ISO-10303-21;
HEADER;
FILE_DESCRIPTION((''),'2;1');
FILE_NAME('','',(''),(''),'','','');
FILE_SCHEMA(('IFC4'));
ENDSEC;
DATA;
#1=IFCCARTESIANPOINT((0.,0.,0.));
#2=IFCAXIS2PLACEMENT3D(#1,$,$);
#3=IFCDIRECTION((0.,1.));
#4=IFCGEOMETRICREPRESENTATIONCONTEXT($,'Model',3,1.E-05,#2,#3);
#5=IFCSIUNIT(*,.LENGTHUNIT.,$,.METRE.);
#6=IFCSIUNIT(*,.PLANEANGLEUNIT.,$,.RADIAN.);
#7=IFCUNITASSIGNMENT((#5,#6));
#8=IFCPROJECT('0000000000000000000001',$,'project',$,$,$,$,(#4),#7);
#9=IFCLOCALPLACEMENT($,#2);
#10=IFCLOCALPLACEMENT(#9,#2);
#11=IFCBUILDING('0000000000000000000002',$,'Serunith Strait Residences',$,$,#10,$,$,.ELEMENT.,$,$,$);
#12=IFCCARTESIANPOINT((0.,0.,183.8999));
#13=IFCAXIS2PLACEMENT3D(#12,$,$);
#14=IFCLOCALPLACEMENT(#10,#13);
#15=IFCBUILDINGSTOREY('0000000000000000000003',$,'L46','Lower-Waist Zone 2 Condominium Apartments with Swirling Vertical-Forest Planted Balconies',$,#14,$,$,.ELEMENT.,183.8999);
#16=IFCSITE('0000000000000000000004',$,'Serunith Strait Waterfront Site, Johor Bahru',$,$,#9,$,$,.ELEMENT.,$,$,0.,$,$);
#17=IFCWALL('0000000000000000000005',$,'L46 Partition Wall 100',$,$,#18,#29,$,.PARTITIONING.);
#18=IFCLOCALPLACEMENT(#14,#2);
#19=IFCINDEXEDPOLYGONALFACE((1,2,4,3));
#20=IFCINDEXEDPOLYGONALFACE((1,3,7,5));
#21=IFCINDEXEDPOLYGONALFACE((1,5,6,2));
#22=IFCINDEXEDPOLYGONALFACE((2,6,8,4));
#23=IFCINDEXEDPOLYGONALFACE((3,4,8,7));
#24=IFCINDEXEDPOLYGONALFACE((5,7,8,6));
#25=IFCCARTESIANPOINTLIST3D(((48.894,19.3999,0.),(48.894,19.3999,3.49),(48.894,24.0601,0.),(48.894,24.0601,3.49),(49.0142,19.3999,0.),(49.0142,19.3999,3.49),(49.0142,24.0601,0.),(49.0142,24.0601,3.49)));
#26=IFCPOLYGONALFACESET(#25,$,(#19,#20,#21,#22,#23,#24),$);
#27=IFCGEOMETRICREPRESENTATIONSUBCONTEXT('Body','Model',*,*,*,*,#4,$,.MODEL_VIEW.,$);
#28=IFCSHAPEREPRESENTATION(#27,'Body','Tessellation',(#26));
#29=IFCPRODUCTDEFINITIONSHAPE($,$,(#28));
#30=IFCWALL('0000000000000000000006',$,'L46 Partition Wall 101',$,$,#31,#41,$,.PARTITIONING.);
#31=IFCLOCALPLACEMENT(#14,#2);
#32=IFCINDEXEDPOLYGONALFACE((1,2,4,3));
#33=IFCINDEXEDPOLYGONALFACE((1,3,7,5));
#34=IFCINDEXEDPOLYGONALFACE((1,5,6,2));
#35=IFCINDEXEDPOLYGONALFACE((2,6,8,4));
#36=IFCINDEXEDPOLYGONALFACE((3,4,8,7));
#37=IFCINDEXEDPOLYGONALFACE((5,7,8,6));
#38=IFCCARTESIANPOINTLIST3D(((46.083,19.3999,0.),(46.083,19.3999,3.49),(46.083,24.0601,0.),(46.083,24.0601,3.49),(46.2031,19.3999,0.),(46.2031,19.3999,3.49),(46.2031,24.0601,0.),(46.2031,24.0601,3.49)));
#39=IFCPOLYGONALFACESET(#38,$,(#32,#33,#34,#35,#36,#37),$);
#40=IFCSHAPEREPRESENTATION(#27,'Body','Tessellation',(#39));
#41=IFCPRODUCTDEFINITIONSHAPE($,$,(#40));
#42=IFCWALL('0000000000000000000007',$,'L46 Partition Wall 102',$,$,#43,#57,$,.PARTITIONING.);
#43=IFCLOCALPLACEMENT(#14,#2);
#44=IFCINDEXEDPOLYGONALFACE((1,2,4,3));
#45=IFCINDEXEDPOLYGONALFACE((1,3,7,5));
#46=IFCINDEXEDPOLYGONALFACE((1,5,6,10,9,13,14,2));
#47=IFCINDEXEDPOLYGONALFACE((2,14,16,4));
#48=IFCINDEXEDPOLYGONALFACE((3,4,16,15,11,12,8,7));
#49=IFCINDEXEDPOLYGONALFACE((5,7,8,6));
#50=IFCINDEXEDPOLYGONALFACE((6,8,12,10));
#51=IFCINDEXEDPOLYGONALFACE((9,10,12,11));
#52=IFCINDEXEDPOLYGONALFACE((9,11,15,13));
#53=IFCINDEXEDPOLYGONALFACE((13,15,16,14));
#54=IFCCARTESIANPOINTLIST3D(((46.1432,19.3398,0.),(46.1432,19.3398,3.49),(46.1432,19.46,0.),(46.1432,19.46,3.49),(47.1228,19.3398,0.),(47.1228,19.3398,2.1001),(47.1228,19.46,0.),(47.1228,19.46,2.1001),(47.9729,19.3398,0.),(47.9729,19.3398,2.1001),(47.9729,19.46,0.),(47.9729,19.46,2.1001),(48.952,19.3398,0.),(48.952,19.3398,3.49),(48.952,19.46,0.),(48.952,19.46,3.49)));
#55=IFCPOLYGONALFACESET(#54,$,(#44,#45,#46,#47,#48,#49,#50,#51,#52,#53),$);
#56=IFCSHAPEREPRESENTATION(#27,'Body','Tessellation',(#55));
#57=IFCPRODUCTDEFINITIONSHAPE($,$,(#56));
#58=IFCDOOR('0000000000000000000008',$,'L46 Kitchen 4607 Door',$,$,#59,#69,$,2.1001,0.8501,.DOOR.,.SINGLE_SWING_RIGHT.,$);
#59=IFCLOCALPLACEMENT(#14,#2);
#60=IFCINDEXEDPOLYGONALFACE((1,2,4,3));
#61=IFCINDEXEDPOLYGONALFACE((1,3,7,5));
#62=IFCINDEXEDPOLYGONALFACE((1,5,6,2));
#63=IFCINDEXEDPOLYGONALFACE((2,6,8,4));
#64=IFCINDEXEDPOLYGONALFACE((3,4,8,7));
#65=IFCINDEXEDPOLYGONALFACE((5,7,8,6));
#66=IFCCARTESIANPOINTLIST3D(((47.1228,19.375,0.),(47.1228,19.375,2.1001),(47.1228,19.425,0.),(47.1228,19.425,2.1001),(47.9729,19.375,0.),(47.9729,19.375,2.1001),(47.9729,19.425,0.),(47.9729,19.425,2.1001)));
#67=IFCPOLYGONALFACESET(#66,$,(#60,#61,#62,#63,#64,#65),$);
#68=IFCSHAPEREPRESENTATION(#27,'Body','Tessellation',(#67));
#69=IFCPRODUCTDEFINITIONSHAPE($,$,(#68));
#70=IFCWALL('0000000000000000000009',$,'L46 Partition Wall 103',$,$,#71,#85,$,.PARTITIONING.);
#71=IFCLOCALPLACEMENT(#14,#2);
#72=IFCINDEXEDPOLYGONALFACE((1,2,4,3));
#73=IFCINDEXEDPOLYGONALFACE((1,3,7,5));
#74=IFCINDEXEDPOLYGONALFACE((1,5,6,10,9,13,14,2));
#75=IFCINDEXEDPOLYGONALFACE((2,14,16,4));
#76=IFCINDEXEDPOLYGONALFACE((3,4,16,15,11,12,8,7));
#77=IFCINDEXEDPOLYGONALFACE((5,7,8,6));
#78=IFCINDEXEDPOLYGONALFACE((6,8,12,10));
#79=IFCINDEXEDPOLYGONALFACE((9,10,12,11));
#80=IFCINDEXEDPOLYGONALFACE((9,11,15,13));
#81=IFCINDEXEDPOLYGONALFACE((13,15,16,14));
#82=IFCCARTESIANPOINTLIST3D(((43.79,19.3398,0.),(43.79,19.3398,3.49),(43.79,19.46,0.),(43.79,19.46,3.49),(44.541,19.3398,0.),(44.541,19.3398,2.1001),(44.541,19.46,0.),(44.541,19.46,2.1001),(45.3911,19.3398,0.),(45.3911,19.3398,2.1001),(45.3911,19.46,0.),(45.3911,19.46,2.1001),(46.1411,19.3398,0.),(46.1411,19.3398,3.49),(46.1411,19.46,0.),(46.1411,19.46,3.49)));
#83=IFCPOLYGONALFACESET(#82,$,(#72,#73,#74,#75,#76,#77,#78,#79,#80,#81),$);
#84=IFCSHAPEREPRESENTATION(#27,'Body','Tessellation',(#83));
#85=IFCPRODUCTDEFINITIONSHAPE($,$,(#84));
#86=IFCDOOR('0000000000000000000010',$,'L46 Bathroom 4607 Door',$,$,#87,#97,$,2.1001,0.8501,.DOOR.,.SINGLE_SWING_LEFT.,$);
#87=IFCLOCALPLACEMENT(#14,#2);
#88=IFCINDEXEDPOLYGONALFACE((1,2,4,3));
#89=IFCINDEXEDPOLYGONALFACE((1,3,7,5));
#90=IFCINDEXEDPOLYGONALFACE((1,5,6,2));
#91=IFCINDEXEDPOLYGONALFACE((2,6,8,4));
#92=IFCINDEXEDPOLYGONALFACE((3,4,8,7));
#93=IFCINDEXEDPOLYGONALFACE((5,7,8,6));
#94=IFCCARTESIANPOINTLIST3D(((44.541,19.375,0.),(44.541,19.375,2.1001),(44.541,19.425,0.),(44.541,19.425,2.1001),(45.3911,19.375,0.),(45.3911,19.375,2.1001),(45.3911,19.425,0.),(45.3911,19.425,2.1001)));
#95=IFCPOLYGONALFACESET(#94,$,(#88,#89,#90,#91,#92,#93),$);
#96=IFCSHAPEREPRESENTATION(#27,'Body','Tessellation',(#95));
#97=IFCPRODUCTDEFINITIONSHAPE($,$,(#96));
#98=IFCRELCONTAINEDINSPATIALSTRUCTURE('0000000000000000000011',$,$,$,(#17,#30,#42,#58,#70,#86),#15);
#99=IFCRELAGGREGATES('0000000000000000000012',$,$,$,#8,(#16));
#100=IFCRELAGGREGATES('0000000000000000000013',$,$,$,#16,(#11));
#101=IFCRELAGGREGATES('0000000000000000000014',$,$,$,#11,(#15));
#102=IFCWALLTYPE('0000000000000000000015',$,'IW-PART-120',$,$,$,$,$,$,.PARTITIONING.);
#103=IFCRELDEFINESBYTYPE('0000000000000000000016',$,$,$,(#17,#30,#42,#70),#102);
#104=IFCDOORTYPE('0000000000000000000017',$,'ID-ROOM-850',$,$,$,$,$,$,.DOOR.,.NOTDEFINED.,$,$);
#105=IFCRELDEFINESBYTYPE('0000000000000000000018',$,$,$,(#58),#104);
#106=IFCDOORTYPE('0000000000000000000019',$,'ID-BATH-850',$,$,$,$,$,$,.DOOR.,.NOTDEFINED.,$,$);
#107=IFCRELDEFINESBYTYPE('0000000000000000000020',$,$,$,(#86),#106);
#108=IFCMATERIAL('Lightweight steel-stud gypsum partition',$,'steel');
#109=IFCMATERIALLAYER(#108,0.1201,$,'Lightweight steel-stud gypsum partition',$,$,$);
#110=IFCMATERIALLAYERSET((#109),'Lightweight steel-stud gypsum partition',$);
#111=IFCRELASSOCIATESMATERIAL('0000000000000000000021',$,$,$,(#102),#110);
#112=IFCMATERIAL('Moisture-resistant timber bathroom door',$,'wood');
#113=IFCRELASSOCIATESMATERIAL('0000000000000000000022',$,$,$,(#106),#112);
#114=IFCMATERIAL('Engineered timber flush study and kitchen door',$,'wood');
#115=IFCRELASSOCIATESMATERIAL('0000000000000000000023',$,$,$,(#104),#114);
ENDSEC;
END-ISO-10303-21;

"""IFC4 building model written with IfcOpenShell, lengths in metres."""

from ifc_helpers import new_model, si_unit, direction, frame, frame_2d, origin, place, context, subcontext, project, spatial, rectangle, extrude, source, transform, mapped, material, layer, layer_set, type_object, element, fill, save


model = new_model("IFC4")

# Units and contexts
model_context = context("Model", 3, precision=1e-05, world=origin(), true_north=direction((0.0, 1.0)))
body_context = subcontext(model_context, "Body", "Model", "MODEL_VIEW")
ifc_project = project(units=[si_unit("LENGTHUNIT", "METRE"), si_unit("PLANEANGLEUNIT", "RADIAN")], contexts=[model_context])

# Site, building, storey
site_placement = place(None, origin())
site = spatial("IfcSite", under=ifc_project, at=site_placement, Name="Serunith Strait Waterfront Site, Johor Bahru", CompositionType="ELEMENT", RefElevation=0.0)
building_placement = place(site_placement, origin())
building = spatial("IfcBuilding", under=site, at=building_placement, Name="Serunith Strait Residences", CompositionType="ELEMENT")
storey_placement = place(building_placement, frame((0.0, 0.0, 183.8999)))
storey = spatial("IfcBuildingStorey", under=building, at=storey_placement, Name="L46", Description="Lower-Waist Zone 2 Condominium Apartments with Swirling Vertical-Forest Planted Balconies", CompositionType="ELEMENT", Elevation=183.8999)

# Shared definitions
ifc_material_1 = material(Name="Lightweight steel-stud gypsum partition", Category="steel")
ifc_layer_1 = layer(ifc_material_1, 0.1201, Name="Lightweight steel-stud gypsum partition")
ifc_layer_set_1 = layer_set([ifc_layer_1], Name="Lightweight steel-stud gypsum partition")
wall_type = type_object("IfcWallType", Name="IW-PART-120", PredefinedType="PARTITIONING", material=ifc_layer_set_1)
ifc_material_2 = material(Name="Moisture-resistant timber bathroom door", Category="wood")
door_type_1 = type_object("IfcDoorType", Name="ID-BATH-850", OperationType="NOTDEFINED", PredefinedType="DOOR", material=ifc_material_2)
shared_shape_1 = source(origin(), body_context, "Body", "SweptSolid", [
    extrude(rectangle(XDim=0.8501, YDim=2.1001, at=frame_2d((0.425, 1.05))), frame((0.0, 0.0249, 0.0), z_axis=(0.0, -1.0, 0.0), x_axis=(1.0, 0.0, 0.0)), (0.0, 0.0, 1.0), 0.05),
])
ifc_material_3 = material(Name="Engineered timber flush study and kitchen door", Category="wood")
door_type_2 = type_object("IfcDoorType", Name="ID-ROOM-850", OperationType="NOTDEFINED", PredefinedType="DOOR", material=ifc_material_3)

# Walls
for number, where, z_axis, x_axis, name in (
    (1, (48.9541, 19.3999, 0.0), (0.0, 0.0, 1.0), (0.0, 1.0, 0.0), "L46 Partition Wall 100"),
    (2, (46.1431, 19.3999, 0.0), (0.0, 0.0, 1.0), (0.0, 1.0, 0.0), "L46 Partition Wall 101"),
):
    element("IfcWall", number, at=place(storey_placement, frame(where, z_axis=z_axis, x_axis=x_axis)), inside=storey, type_object=wall_type, Name=name, PredefinedType="PARTITIONING", context=body_context, shape_type="SweptSolid", body=[
        extrude(rectangle(XDim=4.6602, YDim=0.1201, at=frame_2d((2.3301, 0.0))), origin(), (0.0, 0.0, 1.0), 3.49),
    ])

# Walls, openings, doors
wall_1_placement = place(storey_placement, frame((48.9519, 19.3999, 0.0), z_axis=(0.0, 0.0, 1.0), x_axis=(-1.0, 0.0, 0.0)))
wall_1 = element("IfcWall", 3, at=wall_1_placement, inside=storey, type_object=wall_type, Name="L46 Partition Wall 102", PredefinedType="PARTITIONING", context=body_context, shape_type="SweptSolid", body=[
    extrude(rectangle(XDim=2.8088, YDim=0.1201, at=frame_2d((1.4043, 0.0))), origin(), (0.0, 0.0, 1.0), 3.49),
])
opening_1_placement = place(wall_1_placement, frame((0.979, 0.0, 0.0)))
opening_1 = element("IfcOpeningElement", 4, at=opening_1_placement, cuts=wall_1, PredefinedType="OPENING", context=body_context, shape_type="SweptSolid", body=[
    extrude(rectangle(XDim=0.8501, YDim=2.1001, at=frame_2d((0.425, 1.05))), frame((0.0, 0.0701, 0.0), z_axis=(0.0, -1.0, 0.0), x_axis=(1.0, 0.0, 0.0)), (0.0, 0.0, 1.0), 0.1401),
])
door_1_placement = place(opening_1_placement, origin())
door_1 = element("IfcDoor", 5, at=door_1_placement, inside=storey, type_object=door_type_2, Name="L46 Kitchen 4607 Door", OperationType="SINGLE_SWING_RIGHT", OverallHeight=2.1001, OverallWidth=0.8501, PredefinedType="DOOR", context=body_context, shape_type="MappedRepresentation", body=[
    mapped(shared_shape_1, transform((0.0, 0.0, 0.0), scale=1.0)),
])
fill(opening_1, door_1)
wall_2_placement = place(storey_placement, frame((46.1411, 19.3999, 0.0), z_axis=(0.0, 0.0, 1.0), x_axis=(-1.0, 0.0, 0.0)))
wall_2 = element("IfcWall", 6, at=wall_2_placement, inside=storey, type_object=wall_type, Name="L46 Partition Wall 103", PredefinedType="PARTITIONING", context=body_context, shape_type="SweptSolid", body=[
    extrude(rectangle(XDim=2.3511, YDim=0.1201, at=frame_2d((1.1755, 0.0))), origin(), (0.0, 0.0, 1.0), 3.49),
])
opening_2_placement = place(wall_2_placement, frame((0.75, 0.0, 0.0)))
opening_2 = element("IfcOpeningElement", 7, at=opening_2_placement, cuts=wall_2, PredefinedType="OPENING", context=body_context, shape_type="SweptSolid", body=[
    extrude(rectangle(XDim=0.8501, YDim=2.1001, at=frame_2d((0.425, 1.05))), frame((0.0, 0.0701, 0.0), z_axis=(0.0, -1.0, 0.0), x_axis=(1.0, 0.0, 0.0)), (0.0, 0.0, 1.0), 0.1401),
])
door_2_placement = place(opening_2_placement, origin())
door_2 = element("IfcDoor", 8, at=door_2_placement, inside=storey, type_object=door_type_1, Name="L46 Bathroom 4607 Door", OperationType="SINGLE_SWING_LEFT", OverallHeight=2.1001, OverallWidth=0.8501, PredefinedType="DOOR", context=body_context, shape_type="MappedRepresentation", body=[
    mapped(shared_shape_1, transform((0.0, 0.0, 0.0), scale=1.0)),
])
fill(opening_2, door_2)

save(model, "model.ifc")
